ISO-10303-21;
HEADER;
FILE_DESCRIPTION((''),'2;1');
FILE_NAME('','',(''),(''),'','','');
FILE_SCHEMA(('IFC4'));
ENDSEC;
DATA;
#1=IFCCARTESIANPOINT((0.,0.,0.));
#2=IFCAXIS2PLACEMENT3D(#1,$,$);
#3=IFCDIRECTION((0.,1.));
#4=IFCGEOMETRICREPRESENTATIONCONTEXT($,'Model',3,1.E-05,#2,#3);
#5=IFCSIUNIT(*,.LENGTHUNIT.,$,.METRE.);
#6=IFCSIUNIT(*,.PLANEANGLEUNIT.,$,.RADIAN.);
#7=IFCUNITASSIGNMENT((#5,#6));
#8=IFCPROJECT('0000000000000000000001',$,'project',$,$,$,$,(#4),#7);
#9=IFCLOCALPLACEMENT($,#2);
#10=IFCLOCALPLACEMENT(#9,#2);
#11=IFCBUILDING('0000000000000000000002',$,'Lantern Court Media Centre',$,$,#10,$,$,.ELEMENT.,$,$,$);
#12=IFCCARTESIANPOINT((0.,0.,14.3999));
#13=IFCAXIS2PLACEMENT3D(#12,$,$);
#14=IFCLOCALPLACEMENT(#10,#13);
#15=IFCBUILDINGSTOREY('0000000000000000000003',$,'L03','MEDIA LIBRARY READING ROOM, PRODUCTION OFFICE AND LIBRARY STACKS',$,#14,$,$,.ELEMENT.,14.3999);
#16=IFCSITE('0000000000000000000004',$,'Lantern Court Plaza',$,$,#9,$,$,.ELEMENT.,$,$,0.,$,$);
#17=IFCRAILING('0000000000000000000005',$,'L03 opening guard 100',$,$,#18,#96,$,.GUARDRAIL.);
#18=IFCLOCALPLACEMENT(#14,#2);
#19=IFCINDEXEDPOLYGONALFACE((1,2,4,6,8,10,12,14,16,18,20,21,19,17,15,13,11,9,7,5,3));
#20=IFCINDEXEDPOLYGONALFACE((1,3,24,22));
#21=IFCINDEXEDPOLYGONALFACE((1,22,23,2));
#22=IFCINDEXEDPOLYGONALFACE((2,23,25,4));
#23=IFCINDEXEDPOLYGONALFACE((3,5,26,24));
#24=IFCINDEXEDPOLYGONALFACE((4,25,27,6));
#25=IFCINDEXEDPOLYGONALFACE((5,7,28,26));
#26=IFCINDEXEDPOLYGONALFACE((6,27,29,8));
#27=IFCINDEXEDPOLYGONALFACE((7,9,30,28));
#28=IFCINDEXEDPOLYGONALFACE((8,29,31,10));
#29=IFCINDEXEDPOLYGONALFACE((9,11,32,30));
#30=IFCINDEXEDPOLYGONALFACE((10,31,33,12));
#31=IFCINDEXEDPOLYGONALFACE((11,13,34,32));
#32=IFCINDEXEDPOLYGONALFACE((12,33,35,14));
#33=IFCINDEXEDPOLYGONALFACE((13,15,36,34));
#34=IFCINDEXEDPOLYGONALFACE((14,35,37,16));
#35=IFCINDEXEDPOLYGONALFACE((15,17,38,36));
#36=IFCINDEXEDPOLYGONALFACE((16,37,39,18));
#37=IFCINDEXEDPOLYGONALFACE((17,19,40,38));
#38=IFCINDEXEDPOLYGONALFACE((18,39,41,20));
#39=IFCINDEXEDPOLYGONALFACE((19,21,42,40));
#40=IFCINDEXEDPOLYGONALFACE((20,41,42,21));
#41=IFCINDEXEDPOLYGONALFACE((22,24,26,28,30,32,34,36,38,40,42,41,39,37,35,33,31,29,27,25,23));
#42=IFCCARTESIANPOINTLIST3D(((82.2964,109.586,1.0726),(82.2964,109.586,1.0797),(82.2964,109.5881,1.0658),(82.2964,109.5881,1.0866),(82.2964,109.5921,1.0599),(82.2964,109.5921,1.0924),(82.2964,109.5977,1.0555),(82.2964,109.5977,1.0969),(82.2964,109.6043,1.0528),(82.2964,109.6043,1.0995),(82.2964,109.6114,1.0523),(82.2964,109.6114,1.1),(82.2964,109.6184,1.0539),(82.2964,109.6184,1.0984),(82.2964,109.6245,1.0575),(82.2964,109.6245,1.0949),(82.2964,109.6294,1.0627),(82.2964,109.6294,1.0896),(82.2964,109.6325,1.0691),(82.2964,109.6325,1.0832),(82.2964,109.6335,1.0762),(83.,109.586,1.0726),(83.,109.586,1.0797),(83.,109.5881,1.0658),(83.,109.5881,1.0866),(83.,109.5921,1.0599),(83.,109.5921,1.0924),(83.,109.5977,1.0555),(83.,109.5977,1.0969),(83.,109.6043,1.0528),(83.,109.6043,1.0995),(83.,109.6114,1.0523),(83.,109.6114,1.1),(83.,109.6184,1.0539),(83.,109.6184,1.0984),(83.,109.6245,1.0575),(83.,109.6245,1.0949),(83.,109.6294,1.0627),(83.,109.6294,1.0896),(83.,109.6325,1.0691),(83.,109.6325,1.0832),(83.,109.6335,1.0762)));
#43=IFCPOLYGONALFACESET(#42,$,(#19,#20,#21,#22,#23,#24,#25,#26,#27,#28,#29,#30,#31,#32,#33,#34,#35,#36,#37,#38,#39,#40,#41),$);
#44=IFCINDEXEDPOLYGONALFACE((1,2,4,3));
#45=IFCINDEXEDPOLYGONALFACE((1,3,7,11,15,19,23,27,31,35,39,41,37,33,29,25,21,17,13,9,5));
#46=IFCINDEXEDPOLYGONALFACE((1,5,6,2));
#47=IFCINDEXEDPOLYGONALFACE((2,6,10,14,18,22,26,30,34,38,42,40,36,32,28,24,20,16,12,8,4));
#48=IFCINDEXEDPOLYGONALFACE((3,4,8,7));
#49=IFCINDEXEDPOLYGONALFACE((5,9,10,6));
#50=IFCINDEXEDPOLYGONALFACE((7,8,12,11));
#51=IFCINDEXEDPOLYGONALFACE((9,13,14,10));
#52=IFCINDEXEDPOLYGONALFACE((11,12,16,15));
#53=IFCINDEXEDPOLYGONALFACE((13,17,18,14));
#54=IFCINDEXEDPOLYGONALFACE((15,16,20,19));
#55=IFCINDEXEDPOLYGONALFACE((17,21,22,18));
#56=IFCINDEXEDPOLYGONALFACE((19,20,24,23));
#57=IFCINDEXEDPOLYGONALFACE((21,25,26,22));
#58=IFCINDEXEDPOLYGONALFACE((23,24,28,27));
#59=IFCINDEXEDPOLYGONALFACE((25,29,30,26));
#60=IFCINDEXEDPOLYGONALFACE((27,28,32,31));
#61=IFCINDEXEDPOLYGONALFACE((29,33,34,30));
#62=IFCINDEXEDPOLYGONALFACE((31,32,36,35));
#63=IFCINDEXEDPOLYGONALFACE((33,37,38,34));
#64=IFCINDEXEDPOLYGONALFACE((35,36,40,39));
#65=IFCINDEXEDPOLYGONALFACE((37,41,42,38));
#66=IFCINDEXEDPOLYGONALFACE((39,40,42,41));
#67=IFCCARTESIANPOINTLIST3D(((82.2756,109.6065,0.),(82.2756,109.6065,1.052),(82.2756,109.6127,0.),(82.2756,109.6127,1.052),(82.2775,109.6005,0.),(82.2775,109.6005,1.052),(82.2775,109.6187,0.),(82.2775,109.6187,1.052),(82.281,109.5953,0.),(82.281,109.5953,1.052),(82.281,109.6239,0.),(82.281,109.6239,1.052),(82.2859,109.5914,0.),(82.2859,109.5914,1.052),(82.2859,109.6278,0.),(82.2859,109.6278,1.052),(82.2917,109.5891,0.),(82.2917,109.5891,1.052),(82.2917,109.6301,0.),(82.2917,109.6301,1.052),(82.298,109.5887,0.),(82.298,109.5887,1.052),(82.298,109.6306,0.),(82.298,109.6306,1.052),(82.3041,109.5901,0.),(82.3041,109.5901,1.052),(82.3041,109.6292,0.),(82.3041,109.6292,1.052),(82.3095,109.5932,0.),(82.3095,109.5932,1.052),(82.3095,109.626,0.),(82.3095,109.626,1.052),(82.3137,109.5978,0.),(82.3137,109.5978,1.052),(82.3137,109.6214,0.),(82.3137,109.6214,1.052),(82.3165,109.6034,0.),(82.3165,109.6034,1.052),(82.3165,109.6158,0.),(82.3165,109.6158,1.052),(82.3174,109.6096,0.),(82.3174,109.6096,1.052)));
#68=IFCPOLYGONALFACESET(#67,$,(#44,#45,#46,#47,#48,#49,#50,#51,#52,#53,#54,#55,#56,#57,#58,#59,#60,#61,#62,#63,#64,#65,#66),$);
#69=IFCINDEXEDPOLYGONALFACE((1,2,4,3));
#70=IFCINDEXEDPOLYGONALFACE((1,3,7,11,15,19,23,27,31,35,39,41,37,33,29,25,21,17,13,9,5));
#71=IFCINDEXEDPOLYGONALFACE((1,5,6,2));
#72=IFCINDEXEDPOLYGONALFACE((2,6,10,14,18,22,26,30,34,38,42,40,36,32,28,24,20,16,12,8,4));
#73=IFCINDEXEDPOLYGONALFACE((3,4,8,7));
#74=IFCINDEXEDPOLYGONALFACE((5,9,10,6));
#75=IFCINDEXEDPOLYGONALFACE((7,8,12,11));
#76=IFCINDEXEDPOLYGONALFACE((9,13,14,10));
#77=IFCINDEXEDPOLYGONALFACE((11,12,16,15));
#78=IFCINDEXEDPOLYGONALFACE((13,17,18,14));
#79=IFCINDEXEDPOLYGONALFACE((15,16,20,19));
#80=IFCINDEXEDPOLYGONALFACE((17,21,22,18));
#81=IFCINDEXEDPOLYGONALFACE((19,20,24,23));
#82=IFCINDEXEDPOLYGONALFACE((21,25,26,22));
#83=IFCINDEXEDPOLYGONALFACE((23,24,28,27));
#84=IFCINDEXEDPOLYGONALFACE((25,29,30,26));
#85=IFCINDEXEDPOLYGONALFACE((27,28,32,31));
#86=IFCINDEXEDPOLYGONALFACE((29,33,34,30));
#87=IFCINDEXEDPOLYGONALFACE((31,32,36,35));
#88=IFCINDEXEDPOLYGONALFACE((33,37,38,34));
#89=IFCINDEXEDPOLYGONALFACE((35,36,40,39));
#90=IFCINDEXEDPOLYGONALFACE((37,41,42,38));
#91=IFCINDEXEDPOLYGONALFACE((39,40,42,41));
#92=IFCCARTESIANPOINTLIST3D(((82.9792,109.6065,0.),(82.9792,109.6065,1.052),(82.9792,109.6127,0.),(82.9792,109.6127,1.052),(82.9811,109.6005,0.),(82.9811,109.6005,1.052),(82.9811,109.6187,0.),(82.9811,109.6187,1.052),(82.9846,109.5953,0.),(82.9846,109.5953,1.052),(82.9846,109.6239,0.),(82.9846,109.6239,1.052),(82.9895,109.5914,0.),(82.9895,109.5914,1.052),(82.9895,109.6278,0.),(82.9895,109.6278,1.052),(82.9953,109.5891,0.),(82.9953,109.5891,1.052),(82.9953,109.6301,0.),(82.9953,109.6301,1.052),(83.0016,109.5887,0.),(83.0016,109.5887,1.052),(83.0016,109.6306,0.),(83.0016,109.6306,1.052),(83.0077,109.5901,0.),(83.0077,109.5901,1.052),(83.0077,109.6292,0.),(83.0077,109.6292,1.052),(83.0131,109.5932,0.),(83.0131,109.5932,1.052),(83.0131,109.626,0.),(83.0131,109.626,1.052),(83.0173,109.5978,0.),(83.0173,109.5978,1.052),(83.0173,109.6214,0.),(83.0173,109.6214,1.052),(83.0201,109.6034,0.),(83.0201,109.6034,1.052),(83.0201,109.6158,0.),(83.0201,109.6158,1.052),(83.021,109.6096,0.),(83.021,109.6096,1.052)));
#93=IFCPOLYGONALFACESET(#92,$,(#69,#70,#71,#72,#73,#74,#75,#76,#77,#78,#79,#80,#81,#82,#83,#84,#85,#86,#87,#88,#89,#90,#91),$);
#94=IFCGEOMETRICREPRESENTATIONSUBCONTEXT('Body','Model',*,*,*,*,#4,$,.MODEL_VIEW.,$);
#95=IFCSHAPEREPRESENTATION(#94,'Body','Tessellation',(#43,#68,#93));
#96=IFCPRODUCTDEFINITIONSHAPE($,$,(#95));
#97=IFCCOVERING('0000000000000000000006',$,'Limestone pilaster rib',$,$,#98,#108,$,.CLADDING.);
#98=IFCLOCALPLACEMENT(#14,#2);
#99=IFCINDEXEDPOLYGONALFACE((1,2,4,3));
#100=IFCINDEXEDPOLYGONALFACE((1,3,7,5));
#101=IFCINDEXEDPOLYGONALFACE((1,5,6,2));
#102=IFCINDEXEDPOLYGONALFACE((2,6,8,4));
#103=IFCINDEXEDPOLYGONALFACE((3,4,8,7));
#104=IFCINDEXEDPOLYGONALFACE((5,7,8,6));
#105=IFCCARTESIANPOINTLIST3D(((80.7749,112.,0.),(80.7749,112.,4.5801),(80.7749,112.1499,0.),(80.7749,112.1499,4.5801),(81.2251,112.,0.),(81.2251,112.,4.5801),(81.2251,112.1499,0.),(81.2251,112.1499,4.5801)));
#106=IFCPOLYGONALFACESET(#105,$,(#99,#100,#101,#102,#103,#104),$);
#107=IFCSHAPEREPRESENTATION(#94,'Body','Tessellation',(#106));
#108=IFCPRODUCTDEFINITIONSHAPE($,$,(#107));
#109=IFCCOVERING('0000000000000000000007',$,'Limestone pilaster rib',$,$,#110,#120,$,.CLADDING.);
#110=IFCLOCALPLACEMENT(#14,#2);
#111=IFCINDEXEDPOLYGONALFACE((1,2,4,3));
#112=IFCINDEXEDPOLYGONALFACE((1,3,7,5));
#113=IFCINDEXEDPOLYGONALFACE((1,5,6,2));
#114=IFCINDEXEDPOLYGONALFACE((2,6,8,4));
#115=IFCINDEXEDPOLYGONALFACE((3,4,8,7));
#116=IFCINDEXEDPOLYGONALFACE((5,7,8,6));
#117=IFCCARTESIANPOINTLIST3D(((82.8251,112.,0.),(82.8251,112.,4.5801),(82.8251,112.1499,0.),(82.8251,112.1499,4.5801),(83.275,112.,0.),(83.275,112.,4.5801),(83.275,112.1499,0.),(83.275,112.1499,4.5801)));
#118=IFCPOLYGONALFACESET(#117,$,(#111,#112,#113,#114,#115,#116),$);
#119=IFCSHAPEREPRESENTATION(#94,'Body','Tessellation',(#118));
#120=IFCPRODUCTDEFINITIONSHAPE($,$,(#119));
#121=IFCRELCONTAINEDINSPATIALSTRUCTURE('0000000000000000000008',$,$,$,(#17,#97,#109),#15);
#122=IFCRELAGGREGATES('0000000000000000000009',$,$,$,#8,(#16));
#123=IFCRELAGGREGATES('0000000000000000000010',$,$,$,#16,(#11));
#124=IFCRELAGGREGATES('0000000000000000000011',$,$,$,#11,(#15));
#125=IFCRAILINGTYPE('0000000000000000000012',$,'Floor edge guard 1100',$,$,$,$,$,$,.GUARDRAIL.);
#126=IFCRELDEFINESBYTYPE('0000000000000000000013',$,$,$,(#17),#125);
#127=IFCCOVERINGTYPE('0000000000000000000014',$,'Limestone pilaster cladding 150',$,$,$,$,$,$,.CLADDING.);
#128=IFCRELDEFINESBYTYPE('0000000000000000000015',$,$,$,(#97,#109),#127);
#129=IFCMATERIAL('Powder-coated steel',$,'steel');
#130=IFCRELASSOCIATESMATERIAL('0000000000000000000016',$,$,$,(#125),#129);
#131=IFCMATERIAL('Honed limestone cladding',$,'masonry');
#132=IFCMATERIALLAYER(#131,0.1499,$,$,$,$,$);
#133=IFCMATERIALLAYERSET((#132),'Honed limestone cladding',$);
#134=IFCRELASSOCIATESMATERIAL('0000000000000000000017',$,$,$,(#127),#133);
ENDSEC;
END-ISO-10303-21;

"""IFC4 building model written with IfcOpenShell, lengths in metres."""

from ifc_helpers import new_model, si_unit, direction, frame, frame_2d, origin, origin_2d, place, context, subcontext, project, spatial, rectangle, circle, extrude, material, layer, layer_set, type_object, element, save


model = new_model("IFC4")

# Units and contexts
model_context = context("Model", 3, precision=1e-05, world=origin(), true_north=direction((0.0, 1.0)))
body_context = subcontext(model_context, "Body", "Model", "MODEL_VIEW")
ifc_project = project(units=[si_unit("LENGTHUNIT", "METRE"), si_unit("PLANEANGLEUNIT", "RADIAN")], contexts=[model_context])

# Site, building, storey
site_placement = place(None, origin())
site = spatial("IfcSite", under=ifc_project, at=site_placement, Name="Lantern Court Plaza", CompositionType="ELEMENT", RefElevation=0.0)
building_placement = place(site_placement, origin())
building = spatial("IfcBuilding", under=site, at=building_placement, Name="Lantern Court Media Centre", CompositionType="ELEMENT")
storey_placement = place(building_placement, frame((0.0, 0.0, 14.3999)))
storey = spatial("IfcBuildingStorey", under=building, at=storey_placement, Name="L03", Description="MEDIA LIBRARY READING ROOM, PRODUCTION OFFICE AND LIBRARY STACKS", CompositionType="ELEMENT", Elevation=14.3999)

# Railing
ifc_material_1 = material(Name="Powder-coated steel", Category="steel")
railing_type_1 = type_object("IfcRailingType", Name="Floor edge guard 1100", PredefinedType="GUARDRAIL", material=ifc_material_1)
for number, where, name in (
    (1, (82.2964, 109.6096, 0.0), "L03 opening guard 100"),
):
    element("IfcRailing", number, at=place(storey_placement, frame(where)), inside=storey, type_object=railing_type_1, Name=name, PredefinedType="GUARDRAIL", context=body_context, shape_type="SweptSolid", body=[
        extrude(circle(Radius=0.0239, at=origin_2d()), frame((0.0, 0.0, 1.0762), z_axis=(1.0, 0.0, 0.0), x_axis=(0.0, 1.0, 0.0)), (0.0, 0.0, 1.0), 0.7036),
        extrude(circle(Radius=0.021, at=origin_2d()), origin(), (0.0, 0.0, 1.0), 1.052),
        extrude(circle(Radius=0.021, at=origin_2d()), frame((0.7036, 0.0, 0.0)), (0.0, 0.0, 1.0), 1.052),
    ])

# Coverings
ifc_material_2 = material(Name="Honed limestone cladding", Category="masonry")
ifc_layer_1 = layer(ifc_material_2, 0.1499)
ifc_layer_set_1 = layer_set([ifc_layer_1], Name="Honed limestone cladding")
covering_type = type_object("IfcCoveringType", Name="Limestone pilaster cladding 150", PredefinedType="CLADDING", material=ifc_layer_set_1)
covering_1_placement = place(storey_placement, frame((80.7749, 112.075, 0.0), z_axis=(0.0, 0.0, 1.0), x_axis=(1.0, 0.0, 0.0)))
element("IfcCovering", 2, at=covering_1_placement, inside=storey, type_object=covering_type, Name="Limestone pilaster rib", PredefinedType="CLADDING", context=body_context, shape_type="SweptSolid", body=[
    extrude(rectangle(XDim=0.4502, YDim=0.1499, at=frame_2d((0.2251, 0.0))), origin(), (0.0, 0.0, 1.0), 4.5801),
])
covering_2_placement = place(storey_placement, frame((82.825, 112.075, 0.0), z_axis=(0.0, 0.0, 1.0), x_axis=(1.0, 0.0, 0.0)))
element("IfcCovering", 3, at=covering_2_placement, inside=storey, type_object=covering_type, Name="Limestone pilaster rib", PredefinedType="CLADDING", context=body_context, shape_type="SweptSolid", body=[
    extrude(rectangle(XDim=0.45, YDim=0.1499, at=frame_2d((0.2251, 0.0))), origin(), (0.0, 0.0, 1.0), 4.5801),
])

save(model, "model.ifc")
